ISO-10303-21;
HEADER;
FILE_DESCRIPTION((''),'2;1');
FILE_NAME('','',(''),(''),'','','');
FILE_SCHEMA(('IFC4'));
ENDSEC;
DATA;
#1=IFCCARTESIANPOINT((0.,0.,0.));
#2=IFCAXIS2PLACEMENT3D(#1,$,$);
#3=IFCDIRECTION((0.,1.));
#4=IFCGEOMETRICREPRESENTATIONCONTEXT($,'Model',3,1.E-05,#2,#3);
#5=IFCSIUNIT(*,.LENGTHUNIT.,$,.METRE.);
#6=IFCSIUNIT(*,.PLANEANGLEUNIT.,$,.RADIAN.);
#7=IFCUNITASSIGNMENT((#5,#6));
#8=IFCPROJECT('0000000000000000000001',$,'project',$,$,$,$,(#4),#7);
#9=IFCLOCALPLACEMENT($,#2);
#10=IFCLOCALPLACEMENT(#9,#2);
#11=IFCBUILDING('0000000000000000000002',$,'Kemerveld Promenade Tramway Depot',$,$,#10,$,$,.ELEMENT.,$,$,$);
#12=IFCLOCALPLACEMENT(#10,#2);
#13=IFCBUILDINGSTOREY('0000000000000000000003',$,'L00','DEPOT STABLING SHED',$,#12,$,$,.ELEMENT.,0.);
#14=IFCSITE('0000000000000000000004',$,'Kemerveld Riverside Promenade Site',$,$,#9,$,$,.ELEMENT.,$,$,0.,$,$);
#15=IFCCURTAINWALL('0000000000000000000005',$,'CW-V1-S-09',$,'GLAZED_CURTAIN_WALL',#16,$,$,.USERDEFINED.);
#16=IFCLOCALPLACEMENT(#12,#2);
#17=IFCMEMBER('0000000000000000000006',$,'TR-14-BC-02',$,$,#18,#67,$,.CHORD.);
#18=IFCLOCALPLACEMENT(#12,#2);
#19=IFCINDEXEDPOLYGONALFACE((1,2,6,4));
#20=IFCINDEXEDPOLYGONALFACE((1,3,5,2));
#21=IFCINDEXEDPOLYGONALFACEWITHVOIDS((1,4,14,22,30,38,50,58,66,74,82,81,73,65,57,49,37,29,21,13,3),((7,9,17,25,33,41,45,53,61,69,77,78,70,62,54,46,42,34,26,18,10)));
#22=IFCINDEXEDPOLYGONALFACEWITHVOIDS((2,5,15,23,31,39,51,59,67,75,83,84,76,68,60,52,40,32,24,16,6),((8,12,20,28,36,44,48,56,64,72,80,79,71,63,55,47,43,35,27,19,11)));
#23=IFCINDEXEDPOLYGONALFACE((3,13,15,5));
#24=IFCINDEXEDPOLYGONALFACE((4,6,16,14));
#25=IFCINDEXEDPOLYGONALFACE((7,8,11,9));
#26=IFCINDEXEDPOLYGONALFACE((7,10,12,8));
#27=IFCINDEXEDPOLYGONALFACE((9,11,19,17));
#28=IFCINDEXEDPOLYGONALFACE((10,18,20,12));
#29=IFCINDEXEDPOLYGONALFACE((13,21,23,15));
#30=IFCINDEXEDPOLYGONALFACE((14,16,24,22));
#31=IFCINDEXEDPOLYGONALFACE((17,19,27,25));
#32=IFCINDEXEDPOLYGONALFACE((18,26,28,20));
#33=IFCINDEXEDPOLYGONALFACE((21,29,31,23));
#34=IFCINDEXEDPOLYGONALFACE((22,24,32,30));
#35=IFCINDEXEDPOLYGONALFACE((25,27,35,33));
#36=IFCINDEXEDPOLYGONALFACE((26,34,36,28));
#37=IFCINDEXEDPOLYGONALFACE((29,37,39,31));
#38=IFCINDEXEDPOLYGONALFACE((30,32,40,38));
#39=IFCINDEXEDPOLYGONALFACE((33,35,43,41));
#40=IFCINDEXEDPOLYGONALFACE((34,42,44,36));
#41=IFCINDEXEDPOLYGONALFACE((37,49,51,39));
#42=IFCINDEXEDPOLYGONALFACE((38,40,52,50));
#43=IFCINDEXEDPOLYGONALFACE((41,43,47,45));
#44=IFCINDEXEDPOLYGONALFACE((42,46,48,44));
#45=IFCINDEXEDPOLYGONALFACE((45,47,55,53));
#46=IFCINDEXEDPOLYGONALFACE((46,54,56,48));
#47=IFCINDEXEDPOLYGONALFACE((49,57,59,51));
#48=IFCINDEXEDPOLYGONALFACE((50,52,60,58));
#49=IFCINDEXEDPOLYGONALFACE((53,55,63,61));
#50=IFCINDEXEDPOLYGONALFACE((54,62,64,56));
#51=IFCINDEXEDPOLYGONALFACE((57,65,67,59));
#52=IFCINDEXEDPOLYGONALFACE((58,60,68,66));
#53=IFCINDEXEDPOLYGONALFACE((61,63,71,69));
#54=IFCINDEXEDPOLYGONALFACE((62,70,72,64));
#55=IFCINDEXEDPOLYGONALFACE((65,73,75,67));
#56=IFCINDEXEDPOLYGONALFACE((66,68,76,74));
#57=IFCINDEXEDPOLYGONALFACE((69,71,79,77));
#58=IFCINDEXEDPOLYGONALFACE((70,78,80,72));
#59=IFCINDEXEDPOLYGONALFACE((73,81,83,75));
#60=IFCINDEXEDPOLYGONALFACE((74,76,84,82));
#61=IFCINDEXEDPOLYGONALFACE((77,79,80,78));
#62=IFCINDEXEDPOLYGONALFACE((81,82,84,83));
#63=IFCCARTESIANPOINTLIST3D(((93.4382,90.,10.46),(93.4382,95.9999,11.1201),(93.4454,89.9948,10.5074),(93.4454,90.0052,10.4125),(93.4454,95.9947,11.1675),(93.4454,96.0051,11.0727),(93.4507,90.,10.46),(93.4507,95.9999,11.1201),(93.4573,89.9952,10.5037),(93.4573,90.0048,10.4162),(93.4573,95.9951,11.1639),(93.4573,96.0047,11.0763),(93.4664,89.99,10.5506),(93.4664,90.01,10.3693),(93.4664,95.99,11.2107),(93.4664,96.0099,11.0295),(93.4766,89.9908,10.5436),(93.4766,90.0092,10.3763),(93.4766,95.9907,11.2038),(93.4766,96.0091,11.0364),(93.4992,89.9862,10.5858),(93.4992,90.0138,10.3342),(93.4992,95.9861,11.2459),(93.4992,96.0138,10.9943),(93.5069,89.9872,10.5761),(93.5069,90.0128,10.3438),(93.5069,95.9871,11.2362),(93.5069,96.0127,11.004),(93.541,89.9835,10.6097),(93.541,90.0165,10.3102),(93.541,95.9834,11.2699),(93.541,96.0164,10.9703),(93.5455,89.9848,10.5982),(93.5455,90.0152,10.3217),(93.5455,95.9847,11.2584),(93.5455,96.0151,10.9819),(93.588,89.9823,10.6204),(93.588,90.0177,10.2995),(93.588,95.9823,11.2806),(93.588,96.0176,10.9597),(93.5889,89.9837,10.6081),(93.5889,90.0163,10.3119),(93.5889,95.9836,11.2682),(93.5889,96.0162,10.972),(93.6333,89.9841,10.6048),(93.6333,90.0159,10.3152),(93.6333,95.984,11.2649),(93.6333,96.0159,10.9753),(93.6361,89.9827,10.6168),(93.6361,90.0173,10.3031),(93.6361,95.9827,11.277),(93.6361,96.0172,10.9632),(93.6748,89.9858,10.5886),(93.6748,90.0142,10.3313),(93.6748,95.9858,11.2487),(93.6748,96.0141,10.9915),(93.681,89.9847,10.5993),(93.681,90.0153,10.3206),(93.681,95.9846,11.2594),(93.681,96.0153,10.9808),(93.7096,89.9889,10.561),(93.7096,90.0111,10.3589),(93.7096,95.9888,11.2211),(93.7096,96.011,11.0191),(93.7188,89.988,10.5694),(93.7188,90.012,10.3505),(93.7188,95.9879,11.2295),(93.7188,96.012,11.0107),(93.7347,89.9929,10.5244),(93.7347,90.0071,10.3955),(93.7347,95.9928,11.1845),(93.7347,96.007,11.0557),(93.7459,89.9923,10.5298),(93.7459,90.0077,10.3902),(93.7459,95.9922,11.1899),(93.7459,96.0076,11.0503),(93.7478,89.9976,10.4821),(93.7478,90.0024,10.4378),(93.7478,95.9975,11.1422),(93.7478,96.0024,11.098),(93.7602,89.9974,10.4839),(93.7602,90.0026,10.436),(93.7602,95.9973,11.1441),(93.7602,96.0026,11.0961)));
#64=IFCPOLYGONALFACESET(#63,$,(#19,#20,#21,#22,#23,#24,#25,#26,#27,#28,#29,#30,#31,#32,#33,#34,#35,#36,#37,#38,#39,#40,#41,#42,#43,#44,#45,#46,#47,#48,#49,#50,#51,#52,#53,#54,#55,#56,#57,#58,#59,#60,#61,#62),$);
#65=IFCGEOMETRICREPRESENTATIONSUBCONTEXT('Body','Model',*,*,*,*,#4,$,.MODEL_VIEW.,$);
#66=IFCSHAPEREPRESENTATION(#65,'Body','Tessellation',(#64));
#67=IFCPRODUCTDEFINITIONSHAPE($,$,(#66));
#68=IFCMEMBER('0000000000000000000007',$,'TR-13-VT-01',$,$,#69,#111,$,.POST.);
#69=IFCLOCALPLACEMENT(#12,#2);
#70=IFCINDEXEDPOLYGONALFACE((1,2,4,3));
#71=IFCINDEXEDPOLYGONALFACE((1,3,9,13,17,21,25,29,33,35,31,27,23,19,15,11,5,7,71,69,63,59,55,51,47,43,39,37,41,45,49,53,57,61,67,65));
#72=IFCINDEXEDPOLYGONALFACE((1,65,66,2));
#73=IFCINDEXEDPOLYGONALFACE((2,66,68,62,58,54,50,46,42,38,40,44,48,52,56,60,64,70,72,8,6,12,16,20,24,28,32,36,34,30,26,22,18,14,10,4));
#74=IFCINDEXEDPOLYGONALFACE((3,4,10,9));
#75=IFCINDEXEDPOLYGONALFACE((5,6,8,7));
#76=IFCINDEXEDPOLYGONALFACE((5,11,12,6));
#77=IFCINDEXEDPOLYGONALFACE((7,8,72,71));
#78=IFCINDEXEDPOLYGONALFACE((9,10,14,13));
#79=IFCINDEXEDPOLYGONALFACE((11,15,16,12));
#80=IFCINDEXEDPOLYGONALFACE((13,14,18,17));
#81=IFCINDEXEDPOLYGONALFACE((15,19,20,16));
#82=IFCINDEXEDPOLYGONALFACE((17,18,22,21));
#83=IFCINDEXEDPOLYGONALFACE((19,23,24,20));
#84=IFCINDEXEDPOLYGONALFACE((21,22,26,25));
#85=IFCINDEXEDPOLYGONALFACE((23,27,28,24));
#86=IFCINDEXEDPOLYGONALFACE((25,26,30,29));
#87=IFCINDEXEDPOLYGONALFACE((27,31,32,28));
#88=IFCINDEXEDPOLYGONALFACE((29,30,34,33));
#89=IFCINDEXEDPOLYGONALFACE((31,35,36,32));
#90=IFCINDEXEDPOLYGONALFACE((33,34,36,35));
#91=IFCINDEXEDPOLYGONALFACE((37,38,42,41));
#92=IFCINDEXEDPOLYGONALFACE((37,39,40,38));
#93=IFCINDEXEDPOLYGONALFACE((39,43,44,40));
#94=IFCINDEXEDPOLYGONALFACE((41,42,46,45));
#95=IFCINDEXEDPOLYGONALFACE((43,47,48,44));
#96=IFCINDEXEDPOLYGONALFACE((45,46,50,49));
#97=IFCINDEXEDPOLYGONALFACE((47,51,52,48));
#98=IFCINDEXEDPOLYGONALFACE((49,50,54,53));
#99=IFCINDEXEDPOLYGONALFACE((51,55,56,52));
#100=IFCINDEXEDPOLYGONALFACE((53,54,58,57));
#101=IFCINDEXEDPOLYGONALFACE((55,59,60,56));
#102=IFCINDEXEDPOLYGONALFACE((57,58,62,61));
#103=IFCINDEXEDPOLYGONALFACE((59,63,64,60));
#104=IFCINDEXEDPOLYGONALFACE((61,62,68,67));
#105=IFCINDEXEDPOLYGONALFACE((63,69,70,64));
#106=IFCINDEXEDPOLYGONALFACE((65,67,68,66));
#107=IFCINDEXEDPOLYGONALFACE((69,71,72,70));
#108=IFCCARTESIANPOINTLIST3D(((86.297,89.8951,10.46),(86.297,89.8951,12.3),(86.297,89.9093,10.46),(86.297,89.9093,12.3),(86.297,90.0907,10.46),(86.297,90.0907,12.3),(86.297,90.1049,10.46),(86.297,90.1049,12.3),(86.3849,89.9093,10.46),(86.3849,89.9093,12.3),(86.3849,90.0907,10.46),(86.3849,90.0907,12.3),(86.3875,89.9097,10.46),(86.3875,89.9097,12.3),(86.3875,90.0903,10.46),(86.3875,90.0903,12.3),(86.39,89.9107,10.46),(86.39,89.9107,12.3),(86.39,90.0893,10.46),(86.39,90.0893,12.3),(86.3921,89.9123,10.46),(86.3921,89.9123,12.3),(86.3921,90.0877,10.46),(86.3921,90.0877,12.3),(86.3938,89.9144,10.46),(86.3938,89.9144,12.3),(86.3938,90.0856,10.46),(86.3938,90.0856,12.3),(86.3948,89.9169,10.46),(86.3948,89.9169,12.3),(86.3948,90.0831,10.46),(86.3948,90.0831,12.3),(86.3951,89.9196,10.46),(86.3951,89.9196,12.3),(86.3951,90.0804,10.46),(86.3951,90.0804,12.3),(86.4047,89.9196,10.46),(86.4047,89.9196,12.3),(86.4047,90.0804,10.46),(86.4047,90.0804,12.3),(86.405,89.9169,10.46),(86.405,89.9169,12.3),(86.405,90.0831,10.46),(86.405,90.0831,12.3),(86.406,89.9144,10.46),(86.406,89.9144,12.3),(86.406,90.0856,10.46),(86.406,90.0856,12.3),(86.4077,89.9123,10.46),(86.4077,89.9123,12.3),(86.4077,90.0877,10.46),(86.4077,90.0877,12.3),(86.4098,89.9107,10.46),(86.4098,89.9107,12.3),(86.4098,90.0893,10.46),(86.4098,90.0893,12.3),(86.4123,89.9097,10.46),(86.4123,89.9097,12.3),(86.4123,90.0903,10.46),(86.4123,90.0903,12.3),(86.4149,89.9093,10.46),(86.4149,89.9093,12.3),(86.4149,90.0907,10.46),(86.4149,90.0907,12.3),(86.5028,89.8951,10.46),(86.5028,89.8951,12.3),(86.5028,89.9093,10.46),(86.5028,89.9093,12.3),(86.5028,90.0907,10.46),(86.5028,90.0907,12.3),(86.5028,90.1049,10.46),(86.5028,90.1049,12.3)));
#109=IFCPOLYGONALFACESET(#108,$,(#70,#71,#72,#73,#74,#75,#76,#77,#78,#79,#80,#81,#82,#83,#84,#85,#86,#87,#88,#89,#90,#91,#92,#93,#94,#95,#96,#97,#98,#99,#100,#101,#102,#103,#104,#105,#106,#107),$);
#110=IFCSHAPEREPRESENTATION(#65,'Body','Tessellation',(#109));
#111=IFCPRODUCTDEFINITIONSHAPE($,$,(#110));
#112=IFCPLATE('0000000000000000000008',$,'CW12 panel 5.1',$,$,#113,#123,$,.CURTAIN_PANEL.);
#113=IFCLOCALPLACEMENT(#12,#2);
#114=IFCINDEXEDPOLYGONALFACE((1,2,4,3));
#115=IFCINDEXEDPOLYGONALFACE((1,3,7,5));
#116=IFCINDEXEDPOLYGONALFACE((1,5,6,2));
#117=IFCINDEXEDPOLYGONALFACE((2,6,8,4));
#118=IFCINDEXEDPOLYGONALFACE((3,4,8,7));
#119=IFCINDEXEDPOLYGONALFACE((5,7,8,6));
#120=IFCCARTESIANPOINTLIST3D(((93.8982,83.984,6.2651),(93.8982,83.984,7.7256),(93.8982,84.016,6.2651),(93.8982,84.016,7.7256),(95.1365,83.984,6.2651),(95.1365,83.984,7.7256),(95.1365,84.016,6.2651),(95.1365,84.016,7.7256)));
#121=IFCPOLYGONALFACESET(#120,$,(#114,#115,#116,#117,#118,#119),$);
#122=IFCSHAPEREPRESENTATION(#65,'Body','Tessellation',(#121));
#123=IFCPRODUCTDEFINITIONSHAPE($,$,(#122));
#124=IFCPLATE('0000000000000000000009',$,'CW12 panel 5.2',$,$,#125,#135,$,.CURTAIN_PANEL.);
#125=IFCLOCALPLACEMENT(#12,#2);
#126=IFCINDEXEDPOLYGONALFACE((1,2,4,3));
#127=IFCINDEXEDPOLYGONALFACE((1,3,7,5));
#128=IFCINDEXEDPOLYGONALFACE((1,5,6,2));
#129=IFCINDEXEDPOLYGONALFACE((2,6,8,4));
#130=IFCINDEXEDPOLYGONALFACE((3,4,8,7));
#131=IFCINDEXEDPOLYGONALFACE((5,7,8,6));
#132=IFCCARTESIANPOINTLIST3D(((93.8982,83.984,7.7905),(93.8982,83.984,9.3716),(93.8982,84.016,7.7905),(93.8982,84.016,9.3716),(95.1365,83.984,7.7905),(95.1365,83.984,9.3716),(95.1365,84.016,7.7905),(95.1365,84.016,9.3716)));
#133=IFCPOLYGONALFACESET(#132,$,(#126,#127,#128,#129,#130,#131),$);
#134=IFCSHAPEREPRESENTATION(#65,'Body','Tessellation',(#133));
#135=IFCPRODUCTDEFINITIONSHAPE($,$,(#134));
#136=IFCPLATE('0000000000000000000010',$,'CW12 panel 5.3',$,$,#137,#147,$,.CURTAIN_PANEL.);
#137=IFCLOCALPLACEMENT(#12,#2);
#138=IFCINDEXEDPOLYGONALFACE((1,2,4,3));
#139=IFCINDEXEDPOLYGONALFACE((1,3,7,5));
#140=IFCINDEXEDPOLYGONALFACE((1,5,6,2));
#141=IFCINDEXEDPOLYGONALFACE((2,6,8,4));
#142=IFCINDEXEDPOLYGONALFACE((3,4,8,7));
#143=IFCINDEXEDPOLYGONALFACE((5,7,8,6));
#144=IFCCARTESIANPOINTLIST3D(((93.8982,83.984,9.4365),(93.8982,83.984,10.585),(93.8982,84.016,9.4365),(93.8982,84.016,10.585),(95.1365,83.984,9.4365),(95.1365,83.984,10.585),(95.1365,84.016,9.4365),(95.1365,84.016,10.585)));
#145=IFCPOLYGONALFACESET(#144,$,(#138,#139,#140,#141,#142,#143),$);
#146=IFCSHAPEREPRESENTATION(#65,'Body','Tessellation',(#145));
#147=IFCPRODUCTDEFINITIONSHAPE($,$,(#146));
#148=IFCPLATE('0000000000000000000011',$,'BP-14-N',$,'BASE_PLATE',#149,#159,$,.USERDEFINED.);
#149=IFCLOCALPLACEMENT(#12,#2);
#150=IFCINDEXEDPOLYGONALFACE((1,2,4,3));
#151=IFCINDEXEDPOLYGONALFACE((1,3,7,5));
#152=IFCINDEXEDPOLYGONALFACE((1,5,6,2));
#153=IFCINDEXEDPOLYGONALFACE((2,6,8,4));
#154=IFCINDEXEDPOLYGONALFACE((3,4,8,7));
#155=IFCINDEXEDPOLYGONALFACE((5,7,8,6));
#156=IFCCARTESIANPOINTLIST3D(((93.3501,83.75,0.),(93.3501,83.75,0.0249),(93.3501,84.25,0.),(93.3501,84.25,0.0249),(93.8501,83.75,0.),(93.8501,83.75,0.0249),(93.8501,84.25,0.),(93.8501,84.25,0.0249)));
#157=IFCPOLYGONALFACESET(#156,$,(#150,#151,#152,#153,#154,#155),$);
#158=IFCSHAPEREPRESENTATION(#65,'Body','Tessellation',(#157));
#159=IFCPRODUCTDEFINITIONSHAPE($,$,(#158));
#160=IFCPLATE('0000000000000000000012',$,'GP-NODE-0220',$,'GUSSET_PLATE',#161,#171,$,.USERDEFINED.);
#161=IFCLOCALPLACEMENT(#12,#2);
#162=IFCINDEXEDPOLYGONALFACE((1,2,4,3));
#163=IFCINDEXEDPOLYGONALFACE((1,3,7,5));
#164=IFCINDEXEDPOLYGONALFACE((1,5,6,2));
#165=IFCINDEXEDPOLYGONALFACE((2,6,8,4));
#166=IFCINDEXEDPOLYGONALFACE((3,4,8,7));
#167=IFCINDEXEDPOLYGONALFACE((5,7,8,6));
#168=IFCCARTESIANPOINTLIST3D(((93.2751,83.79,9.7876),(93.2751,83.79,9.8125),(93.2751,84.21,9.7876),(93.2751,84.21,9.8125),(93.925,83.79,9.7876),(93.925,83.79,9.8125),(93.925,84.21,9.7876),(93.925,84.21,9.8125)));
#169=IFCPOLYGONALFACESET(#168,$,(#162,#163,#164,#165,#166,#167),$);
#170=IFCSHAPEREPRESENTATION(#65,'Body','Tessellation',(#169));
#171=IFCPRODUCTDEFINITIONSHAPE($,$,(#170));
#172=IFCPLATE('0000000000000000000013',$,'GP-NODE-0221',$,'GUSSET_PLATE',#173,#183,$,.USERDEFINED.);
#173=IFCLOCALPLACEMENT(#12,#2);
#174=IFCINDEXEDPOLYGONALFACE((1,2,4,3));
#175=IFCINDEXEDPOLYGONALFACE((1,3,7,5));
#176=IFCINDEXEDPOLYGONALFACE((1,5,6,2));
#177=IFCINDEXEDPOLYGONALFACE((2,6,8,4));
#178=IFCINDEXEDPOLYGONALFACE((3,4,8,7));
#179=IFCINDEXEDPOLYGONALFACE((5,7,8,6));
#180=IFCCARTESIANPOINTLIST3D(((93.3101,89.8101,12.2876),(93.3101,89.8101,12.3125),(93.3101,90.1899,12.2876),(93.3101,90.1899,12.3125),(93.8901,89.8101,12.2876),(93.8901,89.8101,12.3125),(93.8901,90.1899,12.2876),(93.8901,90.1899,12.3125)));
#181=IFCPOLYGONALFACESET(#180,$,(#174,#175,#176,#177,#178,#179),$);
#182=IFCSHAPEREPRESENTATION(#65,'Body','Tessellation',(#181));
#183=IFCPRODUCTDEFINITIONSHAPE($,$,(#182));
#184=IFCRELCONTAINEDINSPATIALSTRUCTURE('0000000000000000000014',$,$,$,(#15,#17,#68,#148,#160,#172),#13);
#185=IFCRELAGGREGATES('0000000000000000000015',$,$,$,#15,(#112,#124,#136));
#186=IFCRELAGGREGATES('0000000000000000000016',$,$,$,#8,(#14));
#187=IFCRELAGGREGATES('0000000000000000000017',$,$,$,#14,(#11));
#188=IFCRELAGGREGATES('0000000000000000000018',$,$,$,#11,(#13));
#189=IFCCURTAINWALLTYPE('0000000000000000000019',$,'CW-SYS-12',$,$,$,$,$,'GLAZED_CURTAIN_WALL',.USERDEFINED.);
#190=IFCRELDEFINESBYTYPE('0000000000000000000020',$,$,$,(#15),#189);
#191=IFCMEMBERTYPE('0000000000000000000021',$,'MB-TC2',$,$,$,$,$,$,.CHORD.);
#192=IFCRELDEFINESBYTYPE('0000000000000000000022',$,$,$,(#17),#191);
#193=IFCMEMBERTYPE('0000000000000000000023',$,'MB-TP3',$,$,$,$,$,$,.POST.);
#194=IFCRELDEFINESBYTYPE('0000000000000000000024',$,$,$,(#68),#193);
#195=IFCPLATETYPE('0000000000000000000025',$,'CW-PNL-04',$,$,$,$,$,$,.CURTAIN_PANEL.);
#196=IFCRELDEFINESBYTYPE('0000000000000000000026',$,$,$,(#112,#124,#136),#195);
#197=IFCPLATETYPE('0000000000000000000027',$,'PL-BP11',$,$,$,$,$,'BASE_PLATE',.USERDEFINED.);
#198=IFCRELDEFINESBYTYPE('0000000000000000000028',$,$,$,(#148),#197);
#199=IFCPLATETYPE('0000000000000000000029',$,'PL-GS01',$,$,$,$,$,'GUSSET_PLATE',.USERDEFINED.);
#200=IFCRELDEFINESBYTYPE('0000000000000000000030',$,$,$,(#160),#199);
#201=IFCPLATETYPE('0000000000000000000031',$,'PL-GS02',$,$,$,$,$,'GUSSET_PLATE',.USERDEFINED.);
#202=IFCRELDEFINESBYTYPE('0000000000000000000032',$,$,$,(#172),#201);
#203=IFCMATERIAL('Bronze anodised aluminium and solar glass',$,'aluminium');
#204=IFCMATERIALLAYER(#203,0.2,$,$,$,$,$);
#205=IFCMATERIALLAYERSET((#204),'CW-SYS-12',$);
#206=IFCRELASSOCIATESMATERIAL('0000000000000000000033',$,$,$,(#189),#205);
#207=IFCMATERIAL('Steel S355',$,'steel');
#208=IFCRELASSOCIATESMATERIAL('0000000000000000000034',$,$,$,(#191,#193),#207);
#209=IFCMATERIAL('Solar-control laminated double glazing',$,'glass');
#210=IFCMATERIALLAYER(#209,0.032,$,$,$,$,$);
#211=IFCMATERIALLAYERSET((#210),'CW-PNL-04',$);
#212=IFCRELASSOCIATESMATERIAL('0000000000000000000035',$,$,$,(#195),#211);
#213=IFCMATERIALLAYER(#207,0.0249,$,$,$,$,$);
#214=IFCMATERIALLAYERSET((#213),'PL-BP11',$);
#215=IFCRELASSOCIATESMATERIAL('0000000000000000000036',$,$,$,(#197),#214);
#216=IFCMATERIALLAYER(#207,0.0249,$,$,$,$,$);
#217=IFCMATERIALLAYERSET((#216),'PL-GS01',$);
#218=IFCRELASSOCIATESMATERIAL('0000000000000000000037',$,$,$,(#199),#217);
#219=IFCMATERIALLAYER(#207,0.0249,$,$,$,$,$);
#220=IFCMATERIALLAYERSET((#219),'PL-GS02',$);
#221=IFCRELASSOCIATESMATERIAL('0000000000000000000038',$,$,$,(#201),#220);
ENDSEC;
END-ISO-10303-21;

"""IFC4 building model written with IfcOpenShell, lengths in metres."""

from ifc_helpers import new_model, si_unit, direction, frame, origin, origin_2d, place, context, subcontext, project, spatial, rectangle, hollow_circle, i_section, extrude, material, layer, layer_set, material_profile, profile_set, type_object, element, aggregate, save


model = new_model("IFC4")

# Units and contexts
model_context = context("Model", 3, precision=1e-05, world=origin(), true_north=direction((0.0, 1.0)))
body_context = subcontext(model_context, "Body", "Model", "MODEL_VIEW")
ifc_project = project(units=[si_unit("LENGTHUNIT", "METRE"), si_unit("PLANEANGLEUNIT", "RADIAN")], contexts=[model_context])

# Site, building, storey
site_placement = place(None, origin())
site = spatial("IfcSite", under=ifc_project, at=site_placement, Name="Kemerveld Riverside Promenade Site", CompositionType="ELEMENT", RefElevation=0.0)
building_placement = place(site_placement, origin())
building = spatial("IfcBuilding", under=site, at=building_placement, Name="Kemerveld Promenade Tramway Depot", CompositionType="ELEMENT")
storey_placement = place(building_placement, origin())
storey = spatial("IfcBuildingStorey", under=building, at=storey_placement, Name="L00", Description="DEPOT STABLING SHED", CompositionType="ELEMENT", Elevation=0.0)

# Shared definitions
ifc_material_1 = material(Name="Steel S355", Category="steel")

# Curtain wall
ifc_material_2 = material(Name="Bronze anodised aluminium and solar glass", Category="aluminium")
ifc_layer_1 = layer(ifc_material_2, 0.2)
ifc_layer_set_1 = layer_set([ifc_layer_1], Name="CW-SYS-12")
curtain_wall_type = type_object("IfcCurtainWallType", Name="CW-SYS-12", ElementType="GLAZED_CURTAIN_WALL", PredefinedType="USERDEFINED", material=ifc_layer_set_1)
curtain_wall_placement = place(storey_placement, origin())
curtain_wall = element("IfcCurtainWall", 1, at=curtain_wall_placement, inside=storey, type_object=curtain_wall_type, Name="CW-V1-S-09", ObjectType="GLAZED_CURTAIN_WALL", PredefinedType="USERDEFINED")

# Members
ifc_material_profile_1 = material_profile(ifc_material_1, hollow_circle(Radius=0.1619, WallThickness=0.0125, at=origin_2d()), Name="323.9x12.5 CHS")
ifc_profile_set_1 = profile_set([ifc_material_profile_1], Name="Steel S355")
member_type_1 = type_object("IfcMemberType", Name="MB-TC2", PredefinedType="CHORD", material=ifc_profile_set_1)
member_1_placement = place(storey_placement, frame((93.6001, 90.0, 10.46), z_axis=(0.0, 0.994002, 0.109366), x_axis=(-1.0, 0.0, 0.0)))
element("IfcMember", 2, at=member_1_placement, inside=storey, type_object=member_type_1, Name="TR-14-BC-02", PredefinedType="CHORD", context=body_context, shape_type="SweptSolid", body=[
    extrude(hollow_circle(Radius=0.1619, WallThickness=0.0125, at=origin_2d()), origin(), (0.0, 0.0, 1.0), 6.0361),
])
ifc_material_profile_2 = material_profile(ifc_material_1, i_section(OverallWidth=0.2058, OverallDepth=0.2097, WebThickness=0.0095, FlangeThickness=0.0142, FilletRadius=0.0103, at=origin_2d()), Name="203x203x60 UC")
ifc_profile_set_2 = profile_set([ifc_material_profile_2], Name="Steel S355")
member_type_2 = type_object("IfcMemberType", Name="MB-TP3", PredefinedType="POST", material=ifc_profile_set_2)
member_2_placement = place(storey_placement, frame((86.3999, 90.0, 10.46), z_axis=(0.0, 0.0, 1.0), x_axis=(1.0, 0.0, 0.0)))
element("IfcMember", 3, at=member_2_placement, inside=storey, type_object=member_type_2, Name="TR-13-VT-01", PredefinedType="POST", context=body_context, shape_type="SweptSolid", body=[
    extrude(i_section(OverallWidth=0.2058, OverallDepth=0.2097, WebThickness=0.0095, FlangeThickness=0.0142, FilletRadius=0.0103, at=origin_2d()), origin(), (0.0, 0.0, 1.0), 1.8401),
])

# Plates
ifc_material_3 = material(Name="Solar-control laminated double glazing", Category="glass")
ifc_layer_2 = layer(ifc_material_3, 0.032)
ifc_layer_set_2 = layer_set([ifc_layer_2], Name="CW-PNL-04")
plate_type_1 = type_object("IfcPlateType", Name="CW-PNL-04", PredefinedType="CURTAIN_PANEL", material=ifc_layer_set_2)
plate_1_placement = place(storey_placement, frame((94.5173, 84.0, 6.2651), z_axis=(0.0, 0.0, 1.0), x_axis=(-1.0, 0.0, 0.0)))
plate_1 = element("IfcPlate", 4, at=plate_1_placement, type_object=plate_type_1, Name="CW12 panel 5.1", PredefinedType="CURTAIN_PANEL", context=body_context, shape_type="SweptSolid", body=[
    extrude(rectangle(XDim=1.2383, YDim=0.032, at=origin_2d()), origin(), (0.0, 0.0, 1.0), 1.4604),
])
plate_2_placement = place(storey_placement, frame((94.5173, 84.0, 7.7905), z_axis=(0.0, 0.0, 1.0), x_axis=(-1.0, 0.0, 0.0)))
plate_2 = element("IfcPlate", 5, at=plate_2_placement, type_object=plate_type_1, Name="CW12 panel 5.2", PredefinedType="CURTAIN_PANEL", context=body_context, shape_type="SweptSolid", body=[
    extrude(rectangle(XDim=1.2383, YDim=0.032, at=origin_2d()), origin(), (0.0, 0.0, 1.0), 1.5811),
])
plate_3_placement = place(storey_placement, frame((94.5173, 84.0, 9.4365), z_axis=(0.0, 0.0, 1.0), x_axis=(-1.0, 0.0, 0.0)))
plate_3 = element("IfcPlate", 6, at=plate_3_placement, type_object=plate_type_1, Name="CW12 panel 5.3", PredefinedType="CURTAIN_PANEL", context=body_context, shape_type="SweptSolid", body=[
    extrude(rectangle(XDim=1.2383, YDim=0.032, at=origin_2d()), origin(), (0.0, 0.0, 1.0), 1.1484),
])
aggregate(curtain_wall, [plate_1, plate_2, plate_3])

# Plates
ifc_layer_3 = layer(ifc_material_1, 0.0249)
ifc_layer_set_3 = layer_set([ifc_layer_3], Name="PL-BP11")
plate_type_2 = type_object("IfcPlateType", Name="PL-BP11", ElementType="BASE_PLATE", PredefinedType="USERDEFINED", material=ifc_layer_set_3)
plate_4_placement = place(storey_placement, frame((93.6001, 84.0, 0.0), z_axis=(0.0, 0.0, 1.0), x_axis=(1.0, 0.0, 0.0)))
element("IfcPlate", 7, at=plate_4_placement, inside=storey, type_object=plate_type_2, Name="BP-14-N", ObjectType="BASE_PLATE", PredefinedType="USERDEFINED", context=body_context, shape_type="SweptSolid", body=[
    extrude(rectangle(XDim=0.5, YDim=0.5, at=origin_2d()), origin(), (0.0, 0.0, 1.0), 0.0249),
])
ifc_layer_4 = layer(ifc_material_1, 0.0249)
ifc_layer_set_4 = layer_set([ifc_layer_4], Name="PL-GS01")
plate_type_3 = type_object("IfcPlateType", Name="PL-GS01", ElementType="GUSSET_PLATE", PredefinedType="USERDEFINED", material=ifc_layer_set_4)
plate_5_placement = place(storey_placement, frame((93.6001, 84.0, 9.7876), z_axis=(0.0, 0.0, 1.0), x_axis=(1.0, 0.0, 0.0)))
element("IfcPlate", 8, at=plate_5_placement, inside=storey, type_object=plate_type_3, Name="GP-NODE-0220", ObjectType="GUSSET_PLATE", PredefinedType="USERDEFINED", context=body_context, shape_type="SweptSolid", body=[
    extrude(rectangle(XDim=0.6499, YDim=0.4199, at=origin_2d()), origin(), (0.0, 0.0, 1.0), 0.0249),
])
ifc_layer_5 = layer(ifc_material_1, 0.0249)
ifc_layer_set_5 = layer_set([ifc_layer_5], Name="PL-GS02")
plate_type_4 = type_object("IfcPlateType", Name="PL-GS02", ElementType="GUSSET_PLATE", PredefinedType="USERDEFINED", material=ifc_layer_set_5)
plate_6_placement = place(storey_placement, frame((93.6001, 90.0, 12.2876), z_axis=(0.0, 0.0, 1.0), x_axis=(1.0, 0.0, 0.0)))
element("IfcPlate", 9, at=plate_6_placement, inside=storey, type_object=plate_type_4, Name="GP-NODE-0221", ObjectType="GUSSET_PLATE", PredefinedType="USERDEFINED", context=body_context, shape_type="SweptSolid", body=[
    extrude(rectangle(XDim=0.5801, YDim=0.3799, at=origin_2d()), origin(), (0.0, 0.0, 1.0), 0.0249),
])

save(model, "model.ifc")
